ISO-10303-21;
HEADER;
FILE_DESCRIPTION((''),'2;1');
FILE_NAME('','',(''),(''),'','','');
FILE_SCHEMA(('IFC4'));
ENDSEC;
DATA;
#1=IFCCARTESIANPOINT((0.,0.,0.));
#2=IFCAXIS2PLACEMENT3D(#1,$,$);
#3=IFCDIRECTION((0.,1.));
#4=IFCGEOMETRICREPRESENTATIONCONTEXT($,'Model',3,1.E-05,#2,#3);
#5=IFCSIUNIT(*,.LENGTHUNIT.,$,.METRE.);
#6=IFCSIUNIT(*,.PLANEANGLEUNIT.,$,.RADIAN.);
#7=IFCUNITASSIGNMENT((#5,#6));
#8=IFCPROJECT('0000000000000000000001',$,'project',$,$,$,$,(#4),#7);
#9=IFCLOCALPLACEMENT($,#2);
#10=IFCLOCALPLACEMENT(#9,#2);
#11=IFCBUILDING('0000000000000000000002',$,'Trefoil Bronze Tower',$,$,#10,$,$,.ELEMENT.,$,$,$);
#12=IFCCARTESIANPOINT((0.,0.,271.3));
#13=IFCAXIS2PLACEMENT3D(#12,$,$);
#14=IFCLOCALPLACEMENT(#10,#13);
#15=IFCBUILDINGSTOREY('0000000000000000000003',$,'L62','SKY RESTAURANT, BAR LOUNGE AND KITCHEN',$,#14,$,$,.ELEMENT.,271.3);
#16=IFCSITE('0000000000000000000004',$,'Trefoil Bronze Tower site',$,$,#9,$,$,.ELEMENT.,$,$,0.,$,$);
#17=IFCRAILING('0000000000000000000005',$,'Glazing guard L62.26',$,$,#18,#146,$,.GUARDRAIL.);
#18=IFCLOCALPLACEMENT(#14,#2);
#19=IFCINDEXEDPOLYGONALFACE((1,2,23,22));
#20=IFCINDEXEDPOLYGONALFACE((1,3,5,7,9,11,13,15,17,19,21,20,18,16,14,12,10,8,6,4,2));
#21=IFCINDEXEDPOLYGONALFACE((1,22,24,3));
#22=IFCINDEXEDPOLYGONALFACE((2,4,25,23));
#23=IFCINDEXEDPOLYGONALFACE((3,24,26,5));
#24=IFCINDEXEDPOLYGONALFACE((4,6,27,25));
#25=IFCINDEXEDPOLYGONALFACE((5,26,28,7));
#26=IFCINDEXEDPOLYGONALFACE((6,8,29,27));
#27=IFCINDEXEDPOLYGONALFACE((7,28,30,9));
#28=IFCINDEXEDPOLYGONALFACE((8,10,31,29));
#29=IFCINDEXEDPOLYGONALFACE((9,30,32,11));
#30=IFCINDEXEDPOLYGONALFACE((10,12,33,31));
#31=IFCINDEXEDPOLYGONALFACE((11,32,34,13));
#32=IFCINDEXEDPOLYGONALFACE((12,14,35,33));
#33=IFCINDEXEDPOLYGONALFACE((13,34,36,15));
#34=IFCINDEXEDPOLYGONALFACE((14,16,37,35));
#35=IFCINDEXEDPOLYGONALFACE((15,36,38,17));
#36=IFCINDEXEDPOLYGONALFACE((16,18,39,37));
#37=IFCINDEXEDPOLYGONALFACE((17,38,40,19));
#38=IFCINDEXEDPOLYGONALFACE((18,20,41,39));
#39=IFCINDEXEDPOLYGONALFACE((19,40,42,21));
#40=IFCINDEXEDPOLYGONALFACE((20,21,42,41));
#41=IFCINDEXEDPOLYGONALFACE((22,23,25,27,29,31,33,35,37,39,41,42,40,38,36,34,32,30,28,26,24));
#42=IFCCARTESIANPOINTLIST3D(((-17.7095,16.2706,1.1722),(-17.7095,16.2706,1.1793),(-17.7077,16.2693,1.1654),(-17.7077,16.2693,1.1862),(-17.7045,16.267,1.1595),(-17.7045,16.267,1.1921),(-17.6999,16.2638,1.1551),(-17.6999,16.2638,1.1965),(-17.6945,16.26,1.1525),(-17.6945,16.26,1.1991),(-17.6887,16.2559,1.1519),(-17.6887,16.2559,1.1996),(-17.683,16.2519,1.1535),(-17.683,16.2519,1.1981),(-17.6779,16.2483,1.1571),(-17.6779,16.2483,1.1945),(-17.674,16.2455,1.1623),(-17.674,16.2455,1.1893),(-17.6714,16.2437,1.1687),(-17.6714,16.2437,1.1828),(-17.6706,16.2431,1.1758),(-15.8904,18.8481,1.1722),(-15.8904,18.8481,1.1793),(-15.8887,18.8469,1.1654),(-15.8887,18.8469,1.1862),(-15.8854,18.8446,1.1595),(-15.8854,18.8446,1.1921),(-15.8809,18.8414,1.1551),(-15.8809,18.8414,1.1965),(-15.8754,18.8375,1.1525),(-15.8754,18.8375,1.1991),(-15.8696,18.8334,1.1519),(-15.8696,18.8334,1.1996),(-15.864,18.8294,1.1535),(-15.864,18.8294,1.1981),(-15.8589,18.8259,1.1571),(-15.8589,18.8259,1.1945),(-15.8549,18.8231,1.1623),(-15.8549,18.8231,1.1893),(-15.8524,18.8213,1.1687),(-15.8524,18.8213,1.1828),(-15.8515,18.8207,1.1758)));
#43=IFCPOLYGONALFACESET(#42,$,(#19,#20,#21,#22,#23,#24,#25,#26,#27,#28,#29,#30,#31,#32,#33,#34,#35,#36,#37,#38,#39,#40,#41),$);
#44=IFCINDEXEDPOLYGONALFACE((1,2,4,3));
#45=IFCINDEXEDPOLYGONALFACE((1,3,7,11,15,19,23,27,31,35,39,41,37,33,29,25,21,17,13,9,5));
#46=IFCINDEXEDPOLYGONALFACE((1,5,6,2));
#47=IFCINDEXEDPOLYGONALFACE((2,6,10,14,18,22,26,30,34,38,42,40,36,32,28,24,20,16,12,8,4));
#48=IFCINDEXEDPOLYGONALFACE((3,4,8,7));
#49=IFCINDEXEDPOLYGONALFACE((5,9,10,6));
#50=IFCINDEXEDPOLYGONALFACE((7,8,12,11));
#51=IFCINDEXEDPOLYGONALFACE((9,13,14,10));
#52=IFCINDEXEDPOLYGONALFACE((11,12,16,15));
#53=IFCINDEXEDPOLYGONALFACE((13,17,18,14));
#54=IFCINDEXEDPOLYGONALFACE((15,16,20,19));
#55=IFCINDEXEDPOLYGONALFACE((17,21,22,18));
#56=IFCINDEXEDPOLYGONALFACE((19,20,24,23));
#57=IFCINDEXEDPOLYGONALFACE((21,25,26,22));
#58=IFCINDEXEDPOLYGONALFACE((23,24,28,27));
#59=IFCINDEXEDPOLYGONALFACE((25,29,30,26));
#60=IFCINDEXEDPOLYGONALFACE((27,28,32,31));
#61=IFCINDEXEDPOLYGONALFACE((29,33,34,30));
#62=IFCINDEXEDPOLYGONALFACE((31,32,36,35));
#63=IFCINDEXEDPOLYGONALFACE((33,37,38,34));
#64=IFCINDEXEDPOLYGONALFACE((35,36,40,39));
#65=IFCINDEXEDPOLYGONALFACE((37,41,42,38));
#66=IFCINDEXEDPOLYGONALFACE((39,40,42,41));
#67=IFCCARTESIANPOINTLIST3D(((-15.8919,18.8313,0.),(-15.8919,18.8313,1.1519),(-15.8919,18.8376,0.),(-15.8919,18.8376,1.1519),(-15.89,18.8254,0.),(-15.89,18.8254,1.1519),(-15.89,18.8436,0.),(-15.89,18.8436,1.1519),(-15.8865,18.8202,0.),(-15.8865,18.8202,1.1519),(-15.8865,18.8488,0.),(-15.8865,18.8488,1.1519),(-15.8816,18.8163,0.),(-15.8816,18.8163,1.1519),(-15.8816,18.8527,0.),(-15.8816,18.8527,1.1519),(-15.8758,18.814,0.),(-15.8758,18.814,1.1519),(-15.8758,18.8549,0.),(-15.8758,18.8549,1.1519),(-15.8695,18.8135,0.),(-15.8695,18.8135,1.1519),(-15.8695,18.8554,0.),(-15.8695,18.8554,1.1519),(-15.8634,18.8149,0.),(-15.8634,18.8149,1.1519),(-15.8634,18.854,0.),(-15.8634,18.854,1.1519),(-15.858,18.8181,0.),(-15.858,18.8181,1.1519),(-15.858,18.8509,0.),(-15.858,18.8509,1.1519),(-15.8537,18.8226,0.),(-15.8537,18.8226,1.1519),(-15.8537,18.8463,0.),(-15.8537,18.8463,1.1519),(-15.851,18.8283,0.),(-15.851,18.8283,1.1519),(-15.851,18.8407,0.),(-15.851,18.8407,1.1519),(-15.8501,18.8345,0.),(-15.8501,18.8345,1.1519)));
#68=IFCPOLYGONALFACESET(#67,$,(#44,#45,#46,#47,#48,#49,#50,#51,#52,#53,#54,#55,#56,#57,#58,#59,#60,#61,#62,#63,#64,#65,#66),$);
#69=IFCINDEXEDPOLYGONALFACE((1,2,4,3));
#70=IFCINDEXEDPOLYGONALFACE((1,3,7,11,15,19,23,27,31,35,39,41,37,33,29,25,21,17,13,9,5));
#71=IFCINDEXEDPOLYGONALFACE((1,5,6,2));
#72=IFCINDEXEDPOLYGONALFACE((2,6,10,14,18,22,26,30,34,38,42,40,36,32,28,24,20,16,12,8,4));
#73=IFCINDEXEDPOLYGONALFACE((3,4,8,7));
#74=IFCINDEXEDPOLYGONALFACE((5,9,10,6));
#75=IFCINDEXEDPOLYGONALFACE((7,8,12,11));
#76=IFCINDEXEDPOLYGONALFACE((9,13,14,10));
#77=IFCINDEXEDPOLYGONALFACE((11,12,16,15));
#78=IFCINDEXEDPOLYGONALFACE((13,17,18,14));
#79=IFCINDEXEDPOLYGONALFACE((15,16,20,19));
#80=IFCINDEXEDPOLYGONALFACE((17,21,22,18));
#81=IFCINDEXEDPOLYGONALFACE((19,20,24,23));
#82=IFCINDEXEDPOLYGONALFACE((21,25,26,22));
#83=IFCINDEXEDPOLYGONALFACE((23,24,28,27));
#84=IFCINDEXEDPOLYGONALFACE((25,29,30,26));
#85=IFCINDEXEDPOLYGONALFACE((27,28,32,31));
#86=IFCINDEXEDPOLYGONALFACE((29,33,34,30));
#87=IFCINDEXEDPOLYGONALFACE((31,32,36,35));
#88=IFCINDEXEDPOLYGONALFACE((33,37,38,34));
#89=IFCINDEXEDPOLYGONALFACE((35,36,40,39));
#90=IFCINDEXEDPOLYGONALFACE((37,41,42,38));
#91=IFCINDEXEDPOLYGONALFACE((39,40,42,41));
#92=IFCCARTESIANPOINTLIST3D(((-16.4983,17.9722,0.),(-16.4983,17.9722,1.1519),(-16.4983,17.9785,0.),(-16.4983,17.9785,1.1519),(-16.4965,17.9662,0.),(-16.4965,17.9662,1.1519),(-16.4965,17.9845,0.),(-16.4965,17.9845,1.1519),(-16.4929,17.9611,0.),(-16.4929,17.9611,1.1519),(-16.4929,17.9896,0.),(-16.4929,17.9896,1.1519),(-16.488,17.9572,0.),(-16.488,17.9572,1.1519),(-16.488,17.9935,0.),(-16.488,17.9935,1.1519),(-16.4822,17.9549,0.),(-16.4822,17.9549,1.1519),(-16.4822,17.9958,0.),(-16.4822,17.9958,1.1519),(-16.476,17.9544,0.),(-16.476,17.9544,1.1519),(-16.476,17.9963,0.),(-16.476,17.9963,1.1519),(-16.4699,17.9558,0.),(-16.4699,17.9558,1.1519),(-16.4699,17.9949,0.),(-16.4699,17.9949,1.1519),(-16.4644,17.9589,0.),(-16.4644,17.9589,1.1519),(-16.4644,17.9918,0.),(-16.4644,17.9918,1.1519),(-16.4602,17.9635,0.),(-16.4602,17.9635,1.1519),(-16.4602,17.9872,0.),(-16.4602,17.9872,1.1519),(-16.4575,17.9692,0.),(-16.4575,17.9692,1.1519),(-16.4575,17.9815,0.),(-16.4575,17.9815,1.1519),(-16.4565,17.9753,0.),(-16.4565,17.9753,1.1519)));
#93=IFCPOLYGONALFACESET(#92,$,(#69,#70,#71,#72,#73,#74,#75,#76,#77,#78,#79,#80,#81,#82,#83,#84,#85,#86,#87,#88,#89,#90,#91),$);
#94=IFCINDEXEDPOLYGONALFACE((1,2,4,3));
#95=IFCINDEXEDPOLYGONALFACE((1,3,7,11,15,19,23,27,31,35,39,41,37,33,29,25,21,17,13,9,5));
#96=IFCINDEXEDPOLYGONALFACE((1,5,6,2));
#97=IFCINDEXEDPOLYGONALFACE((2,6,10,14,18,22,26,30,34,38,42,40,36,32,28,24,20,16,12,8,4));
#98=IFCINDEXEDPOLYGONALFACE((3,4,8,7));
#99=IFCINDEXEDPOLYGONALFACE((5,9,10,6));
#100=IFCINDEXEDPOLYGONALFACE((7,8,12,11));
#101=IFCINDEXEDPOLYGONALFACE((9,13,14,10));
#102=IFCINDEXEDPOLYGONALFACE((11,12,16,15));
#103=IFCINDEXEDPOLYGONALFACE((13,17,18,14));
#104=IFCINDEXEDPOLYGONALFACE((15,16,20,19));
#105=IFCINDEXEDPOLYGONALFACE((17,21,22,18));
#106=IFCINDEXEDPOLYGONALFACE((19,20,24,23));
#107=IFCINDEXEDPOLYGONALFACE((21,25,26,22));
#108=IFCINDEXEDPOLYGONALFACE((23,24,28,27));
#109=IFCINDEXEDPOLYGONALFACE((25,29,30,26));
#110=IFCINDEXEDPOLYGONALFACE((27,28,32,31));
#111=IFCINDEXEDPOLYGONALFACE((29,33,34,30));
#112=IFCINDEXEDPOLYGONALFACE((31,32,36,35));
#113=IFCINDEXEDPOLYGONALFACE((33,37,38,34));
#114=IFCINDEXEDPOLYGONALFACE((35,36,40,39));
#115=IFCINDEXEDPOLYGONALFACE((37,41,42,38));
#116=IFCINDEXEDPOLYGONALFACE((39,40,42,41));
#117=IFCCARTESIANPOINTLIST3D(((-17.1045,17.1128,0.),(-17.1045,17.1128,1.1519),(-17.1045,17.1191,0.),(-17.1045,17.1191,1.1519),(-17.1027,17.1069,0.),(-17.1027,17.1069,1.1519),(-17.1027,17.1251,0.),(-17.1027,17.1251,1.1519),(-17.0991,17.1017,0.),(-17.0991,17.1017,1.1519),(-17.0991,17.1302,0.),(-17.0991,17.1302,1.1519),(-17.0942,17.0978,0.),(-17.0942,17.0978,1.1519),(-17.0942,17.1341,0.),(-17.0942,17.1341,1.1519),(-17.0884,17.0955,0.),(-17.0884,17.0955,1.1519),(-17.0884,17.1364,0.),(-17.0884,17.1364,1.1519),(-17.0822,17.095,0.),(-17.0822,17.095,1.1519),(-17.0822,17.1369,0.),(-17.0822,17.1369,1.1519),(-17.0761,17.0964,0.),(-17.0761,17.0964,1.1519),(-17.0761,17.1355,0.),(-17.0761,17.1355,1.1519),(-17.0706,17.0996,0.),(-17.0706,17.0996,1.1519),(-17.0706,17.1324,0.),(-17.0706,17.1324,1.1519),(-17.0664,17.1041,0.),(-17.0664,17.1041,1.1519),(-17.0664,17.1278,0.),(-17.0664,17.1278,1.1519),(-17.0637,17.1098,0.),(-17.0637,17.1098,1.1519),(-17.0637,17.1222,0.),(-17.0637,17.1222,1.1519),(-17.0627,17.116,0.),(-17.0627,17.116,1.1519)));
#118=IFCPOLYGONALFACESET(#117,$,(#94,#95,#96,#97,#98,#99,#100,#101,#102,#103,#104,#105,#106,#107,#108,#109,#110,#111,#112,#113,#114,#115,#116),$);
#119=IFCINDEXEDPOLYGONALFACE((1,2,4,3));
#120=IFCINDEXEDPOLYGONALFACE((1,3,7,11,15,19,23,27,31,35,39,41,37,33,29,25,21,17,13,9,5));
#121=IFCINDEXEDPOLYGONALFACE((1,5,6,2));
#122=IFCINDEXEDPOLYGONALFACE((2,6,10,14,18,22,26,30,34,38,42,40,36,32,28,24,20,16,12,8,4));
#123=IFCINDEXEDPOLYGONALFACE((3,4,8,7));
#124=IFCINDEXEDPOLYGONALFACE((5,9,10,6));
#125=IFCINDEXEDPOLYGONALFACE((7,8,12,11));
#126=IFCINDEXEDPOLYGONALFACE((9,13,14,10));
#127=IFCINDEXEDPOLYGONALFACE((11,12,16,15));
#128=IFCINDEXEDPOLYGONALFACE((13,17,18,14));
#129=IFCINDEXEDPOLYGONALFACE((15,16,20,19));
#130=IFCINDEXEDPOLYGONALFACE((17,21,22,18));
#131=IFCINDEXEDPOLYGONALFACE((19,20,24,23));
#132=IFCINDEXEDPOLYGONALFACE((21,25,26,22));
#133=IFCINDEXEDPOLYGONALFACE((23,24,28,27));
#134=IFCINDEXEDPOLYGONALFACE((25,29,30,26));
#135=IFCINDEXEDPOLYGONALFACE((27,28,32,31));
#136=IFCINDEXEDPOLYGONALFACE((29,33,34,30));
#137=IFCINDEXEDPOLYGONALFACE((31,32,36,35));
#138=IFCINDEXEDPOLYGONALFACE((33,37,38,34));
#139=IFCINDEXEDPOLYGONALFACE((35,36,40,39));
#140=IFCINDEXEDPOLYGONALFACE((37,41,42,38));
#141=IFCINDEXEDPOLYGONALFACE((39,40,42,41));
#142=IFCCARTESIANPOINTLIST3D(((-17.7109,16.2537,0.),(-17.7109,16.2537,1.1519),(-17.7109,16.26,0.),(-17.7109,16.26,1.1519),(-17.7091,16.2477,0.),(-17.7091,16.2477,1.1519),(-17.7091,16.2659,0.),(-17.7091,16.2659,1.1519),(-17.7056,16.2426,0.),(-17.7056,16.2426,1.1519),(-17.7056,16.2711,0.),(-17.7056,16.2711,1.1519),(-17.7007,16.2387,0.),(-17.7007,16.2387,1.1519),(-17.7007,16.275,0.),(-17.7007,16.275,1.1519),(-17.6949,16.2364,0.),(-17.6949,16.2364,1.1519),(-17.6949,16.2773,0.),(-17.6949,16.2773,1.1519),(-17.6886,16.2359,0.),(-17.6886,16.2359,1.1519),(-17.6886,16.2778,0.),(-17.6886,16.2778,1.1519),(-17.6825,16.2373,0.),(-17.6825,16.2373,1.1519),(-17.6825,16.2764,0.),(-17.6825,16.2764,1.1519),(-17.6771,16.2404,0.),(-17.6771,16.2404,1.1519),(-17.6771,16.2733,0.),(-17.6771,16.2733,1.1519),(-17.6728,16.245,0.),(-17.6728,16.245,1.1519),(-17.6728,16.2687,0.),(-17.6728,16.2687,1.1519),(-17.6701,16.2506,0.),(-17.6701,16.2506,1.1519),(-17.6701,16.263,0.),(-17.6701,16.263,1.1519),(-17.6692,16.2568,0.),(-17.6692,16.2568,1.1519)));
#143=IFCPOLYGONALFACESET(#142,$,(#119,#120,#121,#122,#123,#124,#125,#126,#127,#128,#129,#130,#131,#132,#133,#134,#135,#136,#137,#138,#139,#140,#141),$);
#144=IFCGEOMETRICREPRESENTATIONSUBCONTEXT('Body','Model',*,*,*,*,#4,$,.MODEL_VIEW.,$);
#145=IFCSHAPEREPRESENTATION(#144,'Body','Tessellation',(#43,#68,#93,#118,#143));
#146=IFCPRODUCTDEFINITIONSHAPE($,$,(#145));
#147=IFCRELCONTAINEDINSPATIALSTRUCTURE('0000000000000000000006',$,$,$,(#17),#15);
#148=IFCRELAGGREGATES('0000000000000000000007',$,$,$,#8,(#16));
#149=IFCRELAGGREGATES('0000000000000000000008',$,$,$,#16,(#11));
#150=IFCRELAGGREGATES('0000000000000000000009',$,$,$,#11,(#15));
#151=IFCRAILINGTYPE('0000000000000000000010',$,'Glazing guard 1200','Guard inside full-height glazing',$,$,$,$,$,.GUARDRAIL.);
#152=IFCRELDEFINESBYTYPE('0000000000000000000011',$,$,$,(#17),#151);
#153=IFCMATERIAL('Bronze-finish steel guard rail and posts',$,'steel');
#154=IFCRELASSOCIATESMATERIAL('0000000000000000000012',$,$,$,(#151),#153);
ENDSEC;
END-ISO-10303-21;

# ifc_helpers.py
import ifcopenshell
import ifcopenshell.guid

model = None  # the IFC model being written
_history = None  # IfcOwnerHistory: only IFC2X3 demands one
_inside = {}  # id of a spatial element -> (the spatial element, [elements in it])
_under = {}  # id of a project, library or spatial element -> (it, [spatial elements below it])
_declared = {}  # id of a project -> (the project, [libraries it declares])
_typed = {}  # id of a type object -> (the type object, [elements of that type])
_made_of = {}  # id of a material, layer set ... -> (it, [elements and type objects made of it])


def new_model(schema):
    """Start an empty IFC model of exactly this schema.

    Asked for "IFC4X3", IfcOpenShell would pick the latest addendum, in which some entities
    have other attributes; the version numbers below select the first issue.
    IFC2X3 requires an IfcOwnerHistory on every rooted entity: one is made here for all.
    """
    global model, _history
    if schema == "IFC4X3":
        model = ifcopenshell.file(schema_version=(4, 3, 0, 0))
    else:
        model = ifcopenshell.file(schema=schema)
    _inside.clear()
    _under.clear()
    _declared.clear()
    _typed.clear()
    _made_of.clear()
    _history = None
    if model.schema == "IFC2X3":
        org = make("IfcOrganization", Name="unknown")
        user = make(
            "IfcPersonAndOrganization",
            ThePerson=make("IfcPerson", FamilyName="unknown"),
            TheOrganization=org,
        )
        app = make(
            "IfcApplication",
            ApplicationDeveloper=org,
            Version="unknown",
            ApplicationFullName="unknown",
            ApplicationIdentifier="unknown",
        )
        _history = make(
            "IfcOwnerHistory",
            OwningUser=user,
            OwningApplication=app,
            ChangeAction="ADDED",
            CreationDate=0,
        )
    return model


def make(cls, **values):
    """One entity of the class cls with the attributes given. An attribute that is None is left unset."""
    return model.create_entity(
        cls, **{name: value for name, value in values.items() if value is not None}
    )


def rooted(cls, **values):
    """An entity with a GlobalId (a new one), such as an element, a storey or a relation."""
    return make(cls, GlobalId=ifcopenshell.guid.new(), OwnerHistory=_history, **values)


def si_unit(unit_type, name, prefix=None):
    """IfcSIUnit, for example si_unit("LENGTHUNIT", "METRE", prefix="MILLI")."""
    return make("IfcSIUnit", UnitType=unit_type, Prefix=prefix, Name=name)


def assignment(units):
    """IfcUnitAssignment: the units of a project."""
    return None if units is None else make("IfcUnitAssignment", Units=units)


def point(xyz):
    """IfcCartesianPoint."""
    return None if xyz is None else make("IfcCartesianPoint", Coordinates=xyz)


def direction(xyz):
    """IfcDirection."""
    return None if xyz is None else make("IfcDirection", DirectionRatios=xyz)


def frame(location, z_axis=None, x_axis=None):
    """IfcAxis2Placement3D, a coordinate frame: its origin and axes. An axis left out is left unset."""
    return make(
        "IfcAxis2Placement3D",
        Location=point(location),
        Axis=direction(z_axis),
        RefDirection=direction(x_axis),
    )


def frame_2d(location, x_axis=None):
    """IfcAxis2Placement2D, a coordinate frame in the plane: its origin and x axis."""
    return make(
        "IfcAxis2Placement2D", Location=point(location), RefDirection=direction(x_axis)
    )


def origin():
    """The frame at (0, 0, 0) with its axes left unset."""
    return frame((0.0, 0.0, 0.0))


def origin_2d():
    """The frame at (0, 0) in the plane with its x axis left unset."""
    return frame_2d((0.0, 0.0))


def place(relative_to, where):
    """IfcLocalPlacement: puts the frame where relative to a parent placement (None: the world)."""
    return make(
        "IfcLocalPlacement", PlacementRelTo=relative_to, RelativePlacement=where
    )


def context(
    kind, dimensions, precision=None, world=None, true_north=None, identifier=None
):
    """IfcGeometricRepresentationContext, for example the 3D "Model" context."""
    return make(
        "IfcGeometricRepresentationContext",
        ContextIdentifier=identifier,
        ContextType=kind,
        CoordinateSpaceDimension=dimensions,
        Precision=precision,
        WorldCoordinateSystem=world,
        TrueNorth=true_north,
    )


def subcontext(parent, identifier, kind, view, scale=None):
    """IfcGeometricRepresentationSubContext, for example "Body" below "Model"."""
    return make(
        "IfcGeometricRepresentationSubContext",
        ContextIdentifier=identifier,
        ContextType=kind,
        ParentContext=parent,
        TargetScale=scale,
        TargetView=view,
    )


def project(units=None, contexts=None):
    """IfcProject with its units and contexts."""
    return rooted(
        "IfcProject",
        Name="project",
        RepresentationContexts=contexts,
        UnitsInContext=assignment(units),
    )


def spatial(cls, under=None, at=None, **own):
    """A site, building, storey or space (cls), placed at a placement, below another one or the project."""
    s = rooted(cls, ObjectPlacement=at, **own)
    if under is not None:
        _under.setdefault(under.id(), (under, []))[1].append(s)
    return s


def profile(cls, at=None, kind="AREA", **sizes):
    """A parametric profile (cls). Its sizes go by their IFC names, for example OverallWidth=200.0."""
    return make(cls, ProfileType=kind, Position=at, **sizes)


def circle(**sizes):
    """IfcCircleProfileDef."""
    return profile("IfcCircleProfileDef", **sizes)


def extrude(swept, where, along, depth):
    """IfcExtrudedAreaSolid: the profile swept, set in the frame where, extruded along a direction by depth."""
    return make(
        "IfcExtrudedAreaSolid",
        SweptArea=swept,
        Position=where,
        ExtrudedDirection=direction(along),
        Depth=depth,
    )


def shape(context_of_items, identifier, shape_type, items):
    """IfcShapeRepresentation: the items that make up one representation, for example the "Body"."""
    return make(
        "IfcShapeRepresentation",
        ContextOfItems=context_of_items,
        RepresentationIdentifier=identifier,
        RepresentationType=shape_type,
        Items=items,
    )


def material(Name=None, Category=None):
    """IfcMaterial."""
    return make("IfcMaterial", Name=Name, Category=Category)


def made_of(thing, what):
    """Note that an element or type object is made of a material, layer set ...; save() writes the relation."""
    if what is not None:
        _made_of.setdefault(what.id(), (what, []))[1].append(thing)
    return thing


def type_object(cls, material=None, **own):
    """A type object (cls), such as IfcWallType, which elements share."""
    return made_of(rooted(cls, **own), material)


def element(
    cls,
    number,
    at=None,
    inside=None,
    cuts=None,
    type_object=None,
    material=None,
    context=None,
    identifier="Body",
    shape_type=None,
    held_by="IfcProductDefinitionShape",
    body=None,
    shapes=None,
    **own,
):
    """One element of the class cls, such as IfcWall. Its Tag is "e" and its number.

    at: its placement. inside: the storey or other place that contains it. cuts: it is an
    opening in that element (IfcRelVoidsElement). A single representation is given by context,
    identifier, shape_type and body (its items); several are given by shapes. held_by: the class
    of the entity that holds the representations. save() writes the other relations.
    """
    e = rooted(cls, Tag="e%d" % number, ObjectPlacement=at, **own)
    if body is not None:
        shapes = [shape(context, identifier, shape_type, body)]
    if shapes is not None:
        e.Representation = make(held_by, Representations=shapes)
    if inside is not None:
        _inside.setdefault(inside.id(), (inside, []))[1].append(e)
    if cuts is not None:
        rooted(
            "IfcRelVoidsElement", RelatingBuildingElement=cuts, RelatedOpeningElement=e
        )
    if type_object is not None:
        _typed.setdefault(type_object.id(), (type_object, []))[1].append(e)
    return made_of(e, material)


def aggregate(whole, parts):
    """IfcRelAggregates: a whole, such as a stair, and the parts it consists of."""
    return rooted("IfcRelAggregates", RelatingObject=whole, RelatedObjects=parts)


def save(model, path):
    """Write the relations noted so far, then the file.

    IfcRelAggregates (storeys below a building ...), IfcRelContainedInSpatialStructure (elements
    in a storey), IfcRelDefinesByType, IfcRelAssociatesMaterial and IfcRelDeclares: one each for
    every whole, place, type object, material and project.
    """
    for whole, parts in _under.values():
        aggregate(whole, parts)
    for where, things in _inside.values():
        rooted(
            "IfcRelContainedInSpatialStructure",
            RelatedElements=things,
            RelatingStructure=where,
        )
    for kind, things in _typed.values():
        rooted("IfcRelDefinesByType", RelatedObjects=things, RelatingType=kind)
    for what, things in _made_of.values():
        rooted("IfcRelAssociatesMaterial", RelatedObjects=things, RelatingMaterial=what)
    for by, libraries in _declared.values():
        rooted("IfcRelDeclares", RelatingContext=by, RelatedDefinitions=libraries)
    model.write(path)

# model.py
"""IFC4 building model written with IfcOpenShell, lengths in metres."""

from ifc_helpers import new_model, si_unit, direction, frame, origin, origin_2d, place, context, subcontext, project, spatial, circle, extrude, material, type_object, element, save


model = new_model("IFC4")

# Units and contexts
model_context = context("Model", 3, precision=1e-05, world=origin(), true_north=direction((0.0, 1.0)))
body_context = subcontext(model_context, "Body", "Model", "MODEL_VIEW")
ifc_project = project(units=[si_unit("LENGTHUNIT", "METRE"), si_unit("PLANEANGLEUNIT", "RADIAN")], contexts=[model_context])

# Site, building, storey
site_placement = place(None, origin())
site = spatial("IfcSite", under=ifc_project, at=site_placement, Name="Trefoil Bronze Tower site", CompositionType="ELEMENT", RefElevation=0.0)
building_placement = place(site_placement, origin())
building = spatial("IfcBuilding", under=site, at=building_placement, Name="Trefoil Bronze Tower", CompositionType="ELEMENT")
storey_placement = place(building_placement, frame((0.0, 0.0, 271.3)))
storey = spatial("IfcBuildingStorey", under=building, at=storey_placement, Name="L62", Description="SKY RESTAURANT, BAR LOUNGE AND KITCHEN", CompositionType="ELEMENT", Elevation=271.3)

# Railing
ifc_material_1 = material(Name="Bronze-finish steel guard rail and posts", Category="steel")
railing_type = type_object("IfcRailingType", Name="Glazing guard 1200", Description="Guard inside full-height glazing", PredefinedType="GUARDRAIL", material=ifc_material_1)
railing_1_placement = place(storey_placement, frame((-15.8711, 18.8345, 0.0)))
element("IfcRailing", 1, at=railing_1_placement, inside=storey, type_object=railing_type, Name="Glazing guard L62.26", PredefinedType="GUARDRAIL", context=body_context, shape_type="SweptSolid", body=[
    extrude(circle(Radius=0.0239, at=origin_2d()), frame((0.0, 0.0, 1.1758), z_axis=(-0.576595, -0.81703, 0.0), x_axis=(0.81703, -0.576595, 0.0)), (0.0, 0.0, 1.0), 3.1548),
    extrude(circle(Radius=0.021, at=origin_2d()), origin(), (0.0, 0.0, 1.0), 1.1519),
    extrude(circle(Radius=0.021, at=origin_2d()), frame((-0.6064, -0.8591, 0.0)), (0.0, 0.0, 1.0), 1.1519),
    extrude(circle(Radius=0.021, at=origin_2d()), frame((-1.2126, -1.7185, 0.0)), (0.0, 0.0, 1.0), 1.1519),
    extrude(circle(Radius=0.021, at=origin_2d()), frame((-1.8191, -2.5776, 0.0)), (0.0, 0.0, 1.0), 1.1519),
])

save(model, "model.ifc")
